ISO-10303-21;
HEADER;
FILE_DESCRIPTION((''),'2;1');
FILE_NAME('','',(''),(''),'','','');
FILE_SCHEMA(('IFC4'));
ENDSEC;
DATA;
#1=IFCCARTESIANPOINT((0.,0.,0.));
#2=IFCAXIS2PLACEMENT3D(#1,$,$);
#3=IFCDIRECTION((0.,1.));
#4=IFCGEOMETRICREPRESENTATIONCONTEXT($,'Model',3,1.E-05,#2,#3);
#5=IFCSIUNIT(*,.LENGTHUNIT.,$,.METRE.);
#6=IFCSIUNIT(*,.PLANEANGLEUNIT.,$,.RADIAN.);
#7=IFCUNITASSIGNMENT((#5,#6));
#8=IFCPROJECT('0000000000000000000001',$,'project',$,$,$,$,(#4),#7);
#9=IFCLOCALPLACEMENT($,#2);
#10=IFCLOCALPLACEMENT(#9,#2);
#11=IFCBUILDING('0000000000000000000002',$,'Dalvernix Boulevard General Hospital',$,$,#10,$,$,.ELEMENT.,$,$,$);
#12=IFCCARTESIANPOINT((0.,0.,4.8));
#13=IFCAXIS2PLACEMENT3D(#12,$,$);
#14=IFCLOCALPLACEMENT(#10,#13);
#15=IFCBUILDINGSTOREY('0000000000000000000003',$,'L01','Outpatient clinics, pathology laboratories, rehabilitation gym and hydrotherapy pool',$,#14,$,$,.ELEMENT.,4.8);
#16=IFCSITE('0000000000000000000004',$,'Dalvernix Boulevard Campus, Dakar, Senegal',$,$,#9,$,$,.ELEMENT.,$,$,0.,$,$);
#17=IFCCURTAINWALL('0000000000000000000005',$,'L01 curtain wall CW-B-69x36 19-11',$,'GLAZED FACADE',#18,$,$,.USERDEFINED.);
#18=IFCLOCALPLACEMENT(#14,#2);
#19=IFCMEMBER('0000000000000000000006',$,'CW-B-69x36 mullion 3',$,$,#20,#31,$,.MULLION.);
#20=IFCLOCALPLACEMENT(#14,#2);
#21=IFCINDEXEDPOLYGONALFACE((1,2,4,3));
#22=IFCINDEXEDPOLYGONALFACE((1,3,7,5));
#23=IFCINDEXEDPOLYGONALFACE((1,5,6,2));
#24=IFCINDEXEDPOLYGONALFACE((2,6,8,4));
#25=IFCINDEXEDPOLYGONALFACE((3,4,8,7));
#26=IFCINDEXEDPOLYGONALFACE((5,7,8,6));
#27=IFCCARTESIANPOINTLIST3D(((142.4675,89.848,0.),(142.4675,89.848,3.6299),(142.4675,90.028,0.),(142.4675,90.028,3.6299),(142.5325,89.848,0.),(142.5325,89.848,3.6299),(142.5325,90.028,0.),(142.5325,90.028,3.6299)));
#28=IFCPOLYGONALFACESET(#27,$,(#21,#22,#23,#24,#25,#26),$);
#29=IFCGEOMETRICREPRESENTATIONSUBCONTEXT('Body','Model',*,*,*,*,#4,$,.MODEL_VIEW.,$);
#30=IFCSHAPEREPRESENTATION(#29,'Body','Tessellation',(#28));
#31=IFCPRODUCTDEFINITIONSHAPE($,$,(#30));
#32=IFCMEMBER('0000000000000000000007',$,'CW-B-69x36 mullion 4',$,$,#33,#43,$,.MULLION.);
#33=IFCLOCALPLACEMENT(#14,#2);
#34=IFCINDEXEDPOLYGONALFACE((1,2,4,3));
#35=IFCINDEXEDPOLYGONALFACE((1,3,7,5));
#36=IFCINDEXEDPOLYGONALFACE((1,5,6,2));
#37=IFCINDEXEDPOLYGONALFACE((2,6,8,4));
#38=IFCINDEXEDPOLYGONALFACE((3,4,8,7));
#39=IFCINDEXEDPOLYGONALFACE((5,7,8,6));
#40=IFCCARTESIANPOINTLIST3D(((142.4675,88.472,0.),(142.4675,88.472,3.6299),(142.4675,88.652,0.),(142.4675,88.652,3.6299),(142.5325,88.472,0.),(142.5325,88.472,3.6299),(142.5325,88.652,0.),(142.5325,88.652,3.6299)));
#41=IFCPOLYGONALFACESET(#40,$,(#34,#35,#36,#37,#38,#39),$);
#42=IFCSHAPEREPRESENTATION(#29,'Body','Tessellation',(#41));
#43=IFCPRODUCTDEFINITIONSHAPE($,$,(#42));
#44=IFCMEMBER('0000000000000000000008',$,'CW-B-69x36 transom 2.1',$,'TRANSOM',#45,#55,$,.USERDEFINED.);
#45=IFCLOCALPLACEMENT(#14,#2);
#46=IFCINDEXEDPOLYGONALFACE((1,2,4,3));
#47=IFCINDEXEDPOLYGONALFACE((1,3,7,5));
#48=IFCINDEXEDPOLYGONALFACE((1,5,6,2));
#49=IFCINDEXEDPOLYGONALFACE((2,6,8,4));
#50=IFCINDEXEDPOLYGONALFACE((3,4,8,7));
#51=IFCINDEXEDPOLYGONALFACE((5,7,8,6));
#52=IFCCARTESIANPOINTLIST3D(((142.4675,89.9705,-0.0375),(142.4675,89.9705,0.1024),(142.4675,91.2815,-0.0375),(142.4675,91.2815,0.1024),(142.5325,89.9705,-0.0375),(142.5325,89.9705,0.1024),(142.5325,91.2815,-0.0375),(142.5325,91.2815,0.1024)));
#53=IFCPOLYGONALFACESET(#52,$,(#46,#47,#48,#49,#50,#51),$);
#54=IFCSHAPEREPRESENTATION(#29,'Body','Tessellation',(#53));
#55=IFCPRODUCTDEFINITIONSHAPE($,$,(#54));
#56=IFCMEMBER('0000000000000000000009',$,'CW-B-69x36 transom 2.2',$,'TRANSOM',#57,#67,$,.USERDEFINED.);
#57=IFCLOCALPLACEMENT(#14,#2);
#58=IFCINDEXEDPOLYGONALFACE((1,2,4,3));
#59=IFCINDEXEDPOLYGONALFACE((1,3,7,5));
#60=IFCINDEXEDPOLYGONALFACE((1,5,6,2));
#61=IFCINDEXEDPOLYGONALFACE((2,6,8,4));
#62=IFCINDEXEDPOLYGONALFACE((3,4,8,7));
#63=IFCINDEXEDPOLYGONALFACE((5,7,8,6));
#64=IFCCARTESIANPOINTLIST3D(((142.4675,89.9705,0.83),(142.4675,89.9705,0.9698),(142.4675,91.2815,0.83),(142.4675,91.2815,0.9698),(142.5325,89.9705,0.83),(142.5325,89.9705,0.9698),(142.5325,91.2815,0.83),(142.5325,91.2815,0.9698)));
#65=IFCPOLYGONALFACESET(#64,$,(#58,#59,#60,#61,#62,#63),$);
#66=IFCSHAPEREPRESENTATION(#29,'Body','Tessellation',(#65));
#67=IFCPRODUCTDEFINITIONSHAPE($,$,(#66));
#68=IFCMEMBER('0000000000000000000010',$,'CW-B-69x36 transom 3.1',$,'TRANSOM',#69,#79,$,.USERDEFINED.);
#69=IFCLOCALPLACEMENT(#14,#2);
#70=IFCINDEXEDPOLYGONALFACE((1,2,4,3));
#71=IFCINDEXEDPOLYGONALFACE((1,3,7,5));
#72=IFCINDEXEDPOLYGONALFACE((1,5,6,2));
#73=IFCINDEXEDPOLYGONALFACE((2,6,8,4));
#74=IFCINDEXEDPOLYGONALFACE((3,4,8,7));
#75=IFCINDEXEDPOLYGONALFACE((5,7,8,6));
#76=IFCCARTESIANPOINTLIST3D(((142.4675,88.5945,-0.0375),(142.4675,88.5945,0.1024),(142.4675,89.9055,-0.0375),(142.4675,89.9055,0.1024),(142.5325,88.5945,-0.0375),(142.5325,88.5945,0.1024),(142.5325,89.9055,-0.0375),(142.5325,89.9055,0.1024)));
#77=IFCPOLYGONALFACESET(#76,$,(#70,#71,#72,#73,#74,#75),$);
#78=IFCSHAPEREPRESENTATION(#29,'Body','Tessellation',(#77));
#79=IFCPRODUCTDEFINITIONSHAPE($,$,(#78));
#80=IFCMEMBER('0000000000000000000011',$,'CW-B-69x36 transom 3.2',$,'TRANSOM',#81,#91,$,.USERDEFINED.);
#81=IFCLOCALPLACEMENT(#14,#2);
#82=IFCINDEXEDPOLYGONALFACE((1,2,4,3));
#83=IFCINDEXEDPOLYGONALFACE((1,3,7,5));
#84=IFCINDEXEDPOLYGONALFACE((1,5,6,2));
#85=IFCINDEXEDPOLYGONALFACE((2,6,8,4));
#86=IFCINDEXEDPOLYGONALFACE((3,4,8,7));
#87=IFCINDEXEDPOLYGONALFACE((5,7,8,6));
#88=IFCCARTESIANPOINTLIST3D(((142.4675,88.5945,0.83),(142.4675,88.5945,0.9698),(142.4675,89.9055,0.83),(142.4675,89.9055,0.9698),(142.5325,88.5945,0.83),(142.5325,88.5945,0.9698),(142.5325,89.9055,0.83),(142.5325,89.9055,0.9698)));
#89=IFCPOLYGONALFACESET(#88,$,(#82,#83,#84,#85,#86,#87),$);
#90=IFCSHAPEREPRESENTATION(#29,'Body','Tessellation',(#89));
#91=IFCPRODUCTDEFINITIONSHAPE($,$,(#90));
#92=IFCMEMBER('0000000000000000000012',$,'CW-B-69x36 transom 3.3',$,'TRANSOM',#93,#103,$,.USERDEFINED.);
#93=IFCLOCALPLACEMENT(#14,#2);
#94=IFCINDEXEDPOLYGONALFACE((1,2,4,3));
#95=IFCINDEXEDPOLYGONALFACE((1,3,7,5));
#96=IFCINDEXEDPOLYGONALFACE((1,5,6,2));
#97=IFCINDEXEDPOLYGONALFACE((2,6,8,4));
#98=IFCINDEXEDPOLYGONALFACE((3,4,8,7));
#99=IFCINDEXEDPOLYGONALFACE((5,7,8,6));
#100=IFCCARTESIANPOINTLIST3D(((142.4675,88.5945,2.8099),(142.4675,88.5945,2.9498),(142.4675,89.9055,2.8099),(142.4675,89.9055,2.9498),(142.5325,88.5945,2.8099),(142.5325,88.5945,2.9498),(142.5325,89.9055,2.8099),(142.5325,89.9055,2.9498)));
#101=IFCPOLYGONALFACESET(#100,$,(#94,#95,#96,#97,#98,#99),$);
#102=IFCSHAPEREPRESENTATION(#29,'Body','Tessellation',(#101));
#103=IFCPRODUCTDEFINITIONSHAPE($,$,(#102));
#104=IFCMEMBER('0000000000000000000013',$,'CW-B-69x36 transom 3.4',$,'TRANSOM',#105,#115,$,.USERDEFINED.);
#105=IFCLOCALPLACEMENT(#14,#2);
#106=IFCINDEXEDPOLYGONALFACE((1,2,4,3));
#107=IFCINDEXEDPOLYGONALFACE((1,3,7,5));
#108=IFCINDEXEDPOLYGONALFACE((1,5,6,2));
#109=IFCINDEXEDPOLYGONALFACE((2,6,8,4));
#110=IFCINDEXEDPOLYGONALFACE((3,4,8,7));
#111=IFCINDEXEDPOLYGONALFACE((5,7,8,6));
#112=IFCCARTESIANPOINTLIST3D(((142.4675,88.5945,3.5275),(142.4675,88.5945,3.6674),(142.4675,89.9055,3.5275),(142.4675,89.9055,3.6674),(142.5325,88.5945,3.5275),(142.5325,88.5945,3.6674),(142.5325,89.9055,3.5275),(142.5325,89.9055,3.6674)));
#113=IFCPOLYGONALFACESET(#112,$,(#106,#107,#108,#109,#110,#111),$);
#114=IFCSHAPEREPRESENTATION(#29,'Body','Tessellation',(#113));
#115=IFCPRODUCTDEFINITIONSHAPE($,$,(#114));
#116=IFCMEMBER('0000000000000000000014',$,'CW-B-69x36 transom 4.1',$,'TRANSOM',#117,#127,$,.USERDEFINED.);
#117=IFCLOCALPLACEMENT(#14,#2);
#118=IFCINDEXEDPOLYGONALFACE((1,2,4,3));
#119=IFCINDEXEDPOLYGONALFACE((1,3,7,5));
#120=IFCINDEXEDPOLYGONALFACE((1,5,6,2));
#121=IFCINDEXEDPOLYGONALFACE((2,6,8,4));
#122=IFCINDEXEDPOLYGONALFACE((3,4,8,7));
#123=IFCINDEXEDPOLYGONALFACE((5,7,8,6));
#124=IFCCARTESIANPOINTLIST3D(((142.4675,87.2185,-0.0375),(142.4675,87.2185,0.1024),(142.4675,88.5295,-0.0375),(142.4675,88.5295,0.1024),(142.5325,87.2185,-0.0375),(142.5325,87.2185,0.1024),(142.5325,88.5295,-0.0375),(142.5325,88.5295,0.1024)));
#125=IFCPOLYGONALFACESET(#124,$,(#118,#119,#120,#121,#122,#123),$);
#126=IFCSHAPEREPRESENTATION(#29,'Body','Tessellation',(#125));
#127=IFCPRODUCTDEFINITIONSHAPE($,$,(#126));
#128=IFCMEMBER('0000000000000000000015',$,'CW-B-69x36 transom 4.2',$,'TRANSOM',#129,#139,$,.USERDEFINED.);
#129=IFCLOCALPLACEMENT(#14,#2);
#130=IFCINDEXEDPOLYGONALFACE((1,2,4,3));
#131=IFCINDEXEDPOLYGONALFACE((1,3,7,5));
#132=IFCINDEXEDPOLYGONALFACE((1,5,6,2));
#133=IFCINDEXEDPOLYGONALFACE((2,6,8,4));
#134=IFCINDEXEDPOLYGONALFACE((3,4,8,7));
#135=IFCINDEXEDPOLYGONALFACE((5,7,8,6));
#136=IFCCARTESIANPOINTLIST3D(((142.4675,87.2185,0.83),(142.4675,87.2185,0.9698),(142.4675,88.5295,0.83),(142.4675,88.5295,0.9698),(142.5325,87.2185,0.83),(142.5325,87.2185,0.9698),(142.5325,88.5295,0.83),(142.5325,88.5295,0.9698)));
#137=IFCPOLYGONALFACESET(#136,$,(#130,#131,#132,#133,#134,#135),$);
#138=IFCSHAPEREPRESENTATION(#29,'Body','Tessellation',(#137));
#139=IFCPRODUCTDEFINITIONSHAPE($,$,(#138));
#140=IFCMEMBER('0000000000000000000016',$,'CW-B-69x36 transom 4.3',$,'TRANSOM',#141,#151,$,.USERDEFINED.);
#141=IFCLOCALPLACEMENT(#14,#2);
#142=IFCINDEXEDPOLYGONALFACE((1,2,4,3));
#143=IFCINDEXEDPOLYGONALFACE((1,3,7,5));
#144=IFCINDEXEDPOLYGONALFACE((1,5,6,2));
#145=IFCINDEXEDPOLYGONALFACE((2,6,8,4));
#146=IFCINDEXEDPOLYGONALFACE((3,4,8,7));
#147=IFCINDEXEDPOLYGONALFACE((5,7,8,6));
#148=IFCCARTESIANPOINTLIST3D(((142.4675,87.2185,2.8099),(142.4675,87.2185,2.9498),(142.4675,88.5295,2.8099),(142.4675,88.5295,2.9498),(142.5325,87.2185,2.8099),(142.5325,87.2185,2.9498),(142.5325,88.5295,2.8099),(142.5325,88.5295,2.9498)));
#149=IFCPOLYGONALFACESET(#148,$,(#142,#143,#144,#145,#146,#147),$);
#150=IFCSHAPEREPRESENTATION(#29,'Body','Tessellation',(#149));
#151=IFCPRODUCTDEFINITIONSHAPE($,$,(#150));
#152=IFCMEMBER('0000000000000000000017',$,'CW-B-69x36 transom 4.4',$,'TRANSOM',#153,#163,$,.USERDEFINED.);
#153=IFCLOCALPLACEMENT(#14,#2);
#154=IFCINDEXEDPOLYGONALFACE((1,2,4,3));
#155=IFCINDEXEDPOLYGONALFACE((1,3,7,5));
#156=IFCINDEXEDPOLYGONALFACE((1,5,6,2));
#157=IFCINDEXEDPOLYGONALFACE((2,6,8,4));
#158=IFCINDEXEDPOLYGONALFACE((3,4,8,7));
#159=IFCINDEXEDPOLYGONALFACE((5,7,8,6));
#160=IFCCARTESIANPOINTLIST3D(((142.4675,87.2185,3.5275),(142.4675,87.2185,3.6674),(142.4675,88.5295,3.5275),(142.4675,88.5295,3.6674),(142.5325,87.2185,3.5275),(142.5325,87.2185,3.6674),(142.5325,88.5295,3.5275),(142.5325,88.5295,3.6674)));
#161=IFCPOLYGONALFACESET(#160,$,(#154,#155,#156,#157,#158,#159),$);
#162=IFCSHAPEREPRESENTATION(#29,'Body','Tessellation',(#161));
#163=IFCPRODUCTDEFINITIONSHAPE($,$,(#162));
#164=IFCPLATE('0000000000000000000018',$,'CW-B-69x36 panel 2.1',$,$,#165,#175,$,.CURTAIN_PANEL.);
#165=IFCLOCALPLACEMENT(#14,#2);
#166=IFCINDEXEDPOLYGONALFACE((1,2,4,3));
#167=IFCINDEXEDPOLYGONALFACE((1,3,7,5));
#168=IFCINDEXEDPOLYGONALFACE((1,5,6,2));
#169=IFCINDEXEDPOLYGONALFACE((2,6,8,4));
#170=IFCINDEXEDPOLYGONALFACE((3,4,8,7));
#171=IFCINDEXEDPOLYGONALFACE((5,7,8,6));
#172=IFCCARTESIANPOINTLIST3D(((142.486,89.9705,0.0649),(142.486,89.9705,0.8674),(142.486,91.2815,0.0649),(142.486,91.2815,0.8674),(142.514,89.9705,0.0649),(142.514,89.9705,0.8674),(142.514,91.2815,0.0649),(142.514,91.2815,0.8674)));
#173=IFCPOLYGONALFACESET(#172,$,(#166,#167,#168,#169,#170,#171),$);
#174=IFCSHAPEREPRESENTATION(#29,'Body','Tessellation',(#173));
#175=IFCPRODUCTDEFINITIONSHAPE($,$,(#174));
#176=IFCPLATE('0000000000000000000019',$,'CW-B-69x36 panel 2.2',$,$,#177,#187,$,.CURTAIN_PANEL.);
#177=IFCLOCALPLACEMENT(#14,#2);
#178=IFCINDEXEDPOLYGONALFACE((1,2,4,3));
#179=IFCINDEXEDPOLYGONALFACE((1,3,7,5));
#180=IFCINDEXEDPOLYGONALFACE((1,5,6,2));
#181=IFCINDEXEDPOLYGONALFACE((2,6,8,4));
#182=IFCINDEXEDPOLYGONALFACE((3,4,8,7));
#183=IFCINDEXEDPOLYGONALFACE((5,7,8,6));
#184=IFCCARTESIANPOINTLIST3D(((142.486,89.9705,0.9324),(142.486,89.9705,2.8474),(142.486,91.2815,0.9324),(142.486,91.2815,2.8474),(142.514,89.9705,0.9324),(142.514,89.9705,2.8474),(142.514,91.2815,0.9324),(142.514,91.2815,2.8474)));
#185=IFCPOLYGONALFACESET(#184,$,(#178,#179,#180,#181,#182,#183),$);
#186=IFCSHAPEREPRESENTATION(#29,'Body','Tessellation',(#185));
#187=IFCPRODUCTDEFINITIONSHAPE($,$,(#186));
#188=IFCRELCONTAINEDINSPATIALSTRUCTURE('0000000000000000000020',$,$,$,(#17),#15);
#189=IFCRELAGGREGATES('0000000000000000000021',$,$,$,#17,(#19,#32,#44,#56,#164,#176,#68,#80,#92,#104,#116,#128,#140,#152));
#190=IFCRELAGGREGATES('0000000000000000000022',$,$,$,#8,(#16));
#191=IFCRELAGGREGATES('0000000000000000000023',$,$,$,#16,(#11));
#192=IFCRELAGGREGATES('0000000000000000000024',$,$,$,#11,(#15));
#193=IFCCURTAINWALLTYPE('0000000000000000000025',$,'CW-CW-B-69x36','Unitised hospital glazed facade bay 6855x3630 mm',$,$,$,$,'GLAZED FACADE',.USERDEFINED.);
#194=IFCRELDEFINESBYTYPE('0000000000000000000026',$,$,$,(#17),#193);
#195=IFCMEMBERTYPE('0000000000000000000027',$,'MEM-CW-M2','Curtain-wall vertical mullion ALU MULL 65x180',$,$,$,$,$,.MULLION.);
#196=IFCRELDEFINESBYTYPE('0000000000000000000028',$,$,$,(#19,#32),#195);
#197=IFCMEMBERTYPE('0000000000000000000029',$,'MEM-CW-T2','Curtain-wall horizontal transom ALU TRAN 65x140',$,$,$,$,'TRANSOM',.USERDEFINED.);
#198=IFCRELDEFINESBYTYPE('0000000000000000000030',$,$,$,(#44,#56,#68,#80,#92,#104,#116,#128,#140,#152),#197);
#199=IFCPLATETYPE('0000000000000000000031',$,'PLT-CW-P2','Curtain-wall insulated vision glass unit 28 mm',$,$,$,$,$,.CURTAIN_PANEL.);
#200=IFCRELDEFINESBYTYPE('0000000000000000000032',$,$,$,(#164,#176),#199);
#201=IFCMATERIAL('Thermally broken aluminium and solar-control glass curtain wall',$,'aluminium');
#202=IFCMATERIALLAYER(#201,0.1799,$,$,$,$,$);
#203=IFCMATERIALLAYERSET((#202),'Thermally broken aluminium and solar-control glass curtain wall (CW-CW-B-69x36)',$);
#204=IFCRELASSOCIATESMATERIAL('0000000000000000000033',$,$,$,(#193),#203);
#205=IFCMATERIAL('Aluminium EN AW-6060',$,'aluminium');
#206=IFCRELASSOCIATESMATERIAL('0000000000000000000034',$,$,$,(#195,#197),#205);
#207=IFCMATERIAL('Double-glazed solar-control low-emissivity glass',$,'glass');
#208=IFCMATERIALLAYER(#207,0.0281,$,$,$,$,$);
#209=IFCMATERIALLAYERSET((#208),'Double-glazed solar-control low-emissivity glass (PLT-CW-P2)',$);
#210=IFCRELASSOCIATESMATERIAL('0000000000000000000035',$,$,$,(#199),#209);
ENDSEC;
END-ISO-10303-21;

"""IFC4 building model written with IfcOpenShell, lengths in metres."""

from ifc_helpers import new_model, si_unit, direction, frame, origin, origin_2d, place, context, subcontext, project, spatial, rectangle, extrude, material, layer, layer_set, material_profile, profile_set, type_object, element, aggregate, save


model = new_model("IFC4")

# Units and contexts
model_context = context("Model", 3, precision=1e-05, world=origin(), true_north=direction((0.0, 1.0)))
body_context = subcontext(model_context, "Body", "Model", "MODEL_VIEW")
ifc_project = project(units=[si_unit("LENGTHUNIT", "METRE"), si_unit("PLANEANGLEUNIT", "RADIAN")], contexts=[model_context])

# Site, building, storey
site_placement = place(None, origin())
site = spatial("IfcSite", under=ifc_project, at=site_placement, Name="Dalvernix Boulevard Campus, Dakar, Senegal", CompositionType="ELEMENT", RefElevation=0.0)
building_placement = place(site_placement, origin())
building = spatial("IfcBuilding", under=site, at=building_placement, Name="Dalvernix Boulevard General Hospital", CompositionType="ELEMENT")
storey_placement = place(building_placement, frame((0.0, 0.0, 4.8)))
storey = spatial("IfcBuildingStorey", under=building, at=storey_placement, Name="L01", Description="Outpatient clinics, pathology laboratories, rehabilitation gym and hydrotherapy pool", CompositionType="ELEMENT", Elevation=4.8)

# Curtain wall, members, plates
ifc_material_1 = material(Name="Thermally broken aluminium and solar-control glass curtain wall", Category="aluminium")
ifc_layer_1 = layer(ifc_material_1, 0.1799)
ifc_layer_set_1 = layer_set([ifc_layer_1], Name="Thermally broken aluminium and solar-control glass curtain wall (CW-CW-B-69x36)")
curtain_wall_type = type_object("IfcCurtainWallType", Name="CW-CW-B-69x36", Description="Unitised hospital glazed facade bay 6855x3630 mm", ElementType="GLAZED FACADE", PredefinedType="USERDEFINED", material=ifc_layer_set_1)
curtain_wall_placement = place(storey_placement, origin())
curtain_wall = element("IfcCurtainWall", 1, at=curtain_wall_placement, inside=storey, type_object=curtain_wall_type, Name="L01 curtain wall CW-B-69x36 19-11", ObjectType="GLAZED FACADE", PredefinedType="USERDEFINED")
ifc_material_2 = material(Name="Aluminium EN AW-6060", Category="aluminium")
ifc_material_profile_1 = material_profile(ifc_material_2, rectangle(XDim=0.0649, YDim=0.1799, at=origin_2d()), Name="ALU MULL 65x180")
ifc_profile_set_1 = profile_set([ifc_material_profile_1], Name="Aluminium EN AW-6060")
member_type_1 = type_object("IfcMemberType", Name="MEM-CW-M2", Description="Curtain-wall vertical mullion ALU MULL 65x180", PredefinedType="MULLION", material=ifc_profile_set_1)
member_1_placement = place(storey_placement, frame((142.5, 89.938, 0.0), z_axis=(0.0, 0.0, 1.0), x_axis=(1.0, 0.0, 0.0)))
member_1 = element("IfcMember", 2, at=member_1_placement, type_object=member_type_1, Name="CW-B-69x36 mullion 3", PredefinedType="MULLION", context=body_context, shape_type="SweptSolid", body=[
    extrude(rectangle(XDim=0.0649, YDim=0.1799, at=origin_2d()), origin(), (0.0, 0.0, 1.0), 3.6299),
])
member_2_placement = place(storey_placement, frame((142.5, 88.562, 0.0), z_axis=(0.0, 0.0, 1.0), x_axis=(1.0, 0.0, 0.0)))
member_2 = element("IfcMember", 3, at=member_2_placement, type_object=member_type_1, Name="CW-B-69x36 mullion 4", PredefinedType="MULLION", context=body_context, shape_type="SweptSolid", body=[
    extrude(rectangle(XDim=0.0649, YDim=0.1799, at=origin_2d()), origin(), (0.0, 0.0, 1.0), 3.6299),
])
ifc_material_profile_2 = material_profile(ifc_material_2, rectangle(XDim=0.0649, YDim=0.1399, at=origin_2d()), Name="ALU TRAN 65x140")
ifc_profile_set_2 = profile_set([ifc_material_profile_2], Name="Aluminium EN AW-6060")
member_type_2 = type_object("IfcMemberType", Name="MEM-CW-T2", Description="Curtain-wall horizontal transom ALU TRAN 65x140", ElementType="TRANSOM", PredefinedType="USERDEFINED", material=ifc_profile_set_2)
member_3_placement = place(storey_placement, frame((142.5, 91.2815, 0.0325), z_axis=(0.0, -1.0, 0.0), x_axis=(1.0, 0.0, 0.0)))
member_3 = element("IfcMember", 4, at=member_3_placement, type_object=member_type_2, Name="CW-B-69x36 transom 2.1", ObjectType="TRANSOM", PredefinedType="USERDEFINED", context=body_context, shape_type="SweptSolid", body=[
    extrude(rectangle(XDim=0.0649, YDim=0.1399, at=origin_2d()), origin(), (0.0, 0.0, 1.0), 1.311),
])
member_4_placement = place(storey_placement, frame((142.5, 91.2815, 0.8999), z_axis=(0.0, -1.0, 0.0), x_axis=(1.0, 0.0, 0.0)))
member_4 = element("IfcMember", 5, at=member_4_placement, type_object=member_type_2, Name="CW-B-69x36 transom 2.2", ObjectType="TRANSOM", PredefinedType="USERDEFINED", context=body_context, shape_type="SweptSolid", body=[
    extrude(rectangle(XDim=0.0649, YDim=0.1399, at=origin_2d()), origin(), (0.0, 0.0, 1.0), 1.311),
])
member_5_placement = place(storey_placement, frame((142.5, 89.9055, 0.0325), z_axis=(0.0, -1.0, 0.0), x_axis=(1.0, 0.0, 0.0)))
member_5 = element("IfcMember", 6, at=member_5_placement, type_object=member_type_2, Name="CW-B-69x36 transom 3.1", ObjectType="TRANSOM", PredefinedType="USERDEFINED", context=body_context, shape_type="SweptSolid", body=[
    extrude(rectangle(XDim=0.0649, YDim=0.1399, at=origin_2d()), origin(), (0.0, 0.0, 1.0), 1.311),
])
member_6_placement = place(storey_placement, frame((142.5, 89.9055, 0.8999), z_axis=(0.0, -1.0, 0.0), x_axis=(1.0, 0.0, 0.0)))
member_6 = element("IfcMember", 7, at=member_6_placement, type_object=member_type_2, Name="CW-B-69x36 transom 3.2", ObjectType="TRANSOM", PredefinedType="USERDEFINED", context=body_context, shape_type="SweptSolid", body=[
    extrude(rectangle(XDim=0.0649, YDim=0.1399, at=origin_2d()), origin(), (0.0, 0.0, 1.0), 1.311),
])
member_7_placement = place(storey_placement, frame((142.5, 89.9055, 2.8799), z_axis=(0.0, -1.0, 0.0), x_axis=(1.0, 0.0, 0.0)))
member_7 = element("IfcMember", 8, at=member_7_placement, type_object=member_type_2, Name="CW-B-69x36 transom 3.3", ObjectType="TRANSOM", PredefinedType="USERDEFINED", context=body_context, shape_type="SweptSolid", body=[
    extrude(rectangle(XDim=0.0649, YDim=0.1399, at=origin_2d()), origin(), (0.0, 0.0, 1.0), 1.311),
])
member_8_placement = place(storey_placement, frame((142.5, 89.9055, 3.5974), z_axis=(0.0, -1.0, 0.0), x_axis=(1.0, 0.0, 0.0)))
member_8 = element("IfcMember", 9, at=member_8_placement, type_object=member_type_2, Name="CW-B-69x36 transom 3.4", ObjectType="TRANSOM", PredefinedType="USERDEFINED", context=body_context, shape_type="SweptSolid", body=[
    extrude(rectangle(XDim=0.0649, YDim=0.1399, at=origin_2d()), origin(), (0.0, 0.0, 1.0), 1.311),
])
member_9_placement = place(storey_placement, frame((142.5, 88.5295, 0.0325), z_axis=(0.0, -1.0, 0.0), x_axis=(1.0, 0.0, 0.0)))
member_9 = element("IfcMember", 10, at=member_9_placement, type_object=member_type_2, Name="CW-B-69x36 transom 4.1", ObjectType="TRANSOM", PredefinedType="USERDEFINED", context=body_context, shape_type="SweptSolid", body=[
    extrude(rectangle(XDim=0.0649, YDim=0.1399, at=origin_2d()), origin(), (0.0, 0.0, 1.0), 1.311),
])
member_10_placement = place(storey_placement, frame((142.5, 88.5295, 0.8999), z_axis=(0.0, -1.0, 0.0), x_axis=(1.0, 0.0, 0.0)))
member_10 = element("IfcMember", 11, at=member_10_placement, type_object=member_type_2, Name="CW-B-69x36 transom 4.2", ObjectType="TRANSOM", PredefinedType="USERDEFINED", context=body_context, shape_type="SweptSolid", body=[
    extrude(rectangle(XDim=0.0649, YDim=0.1399, at=origin_2d()), origin(), (0.0, 0.0, 1.0), 1.311),
])
member_11_placement = place(storey_placement, frame((142.5, 88.5295, 2.8799), z_axis=(0.0, -1.0, 0.0), x_axis=(1.0, 0.0, 0.0)))
member_11 = element("IfcMember", 12, at=member_11_placement, type_object=member_type_2, Name="CW-B-69x36 transom 4.3", ObjectType="TRANSOM", PredefinedType="USERDEFINED", context=body_context, shape_type="SweptSolid", body=[
    extrude(rectangle(XDim=0.0649, YDim=0.1399, at=origin_2d()), origin(), (0.0, 0.0, 1.0), 1.311),
])
member_12_placement = place(storey_placement, frame((142.5, 88.5295, 3.5974), z_axis=(0.0, -1.0, 0.0), x_axis=(1.0, 0.0, 0.0)))
member_12 = element("IfcMember", 13, at=member_12_placement, type_object=member_type_2, Name="CW-B-69x36 transom 4.4", ObjectType="TRANSOM", PredefinedType="USERDEFINED", context=body_context, shape_type="SweptSolid", body=[
    extrude(rectangle(XDim=0.0649, YDim=0.1399, at=origin_2d()), origin(), (0.0, 0.0, 1.0), 1.311),
])
ifc_material_3 = material(Name="Double-glazed solar-control low-emissivity glass", Category="glass")
ifc_layer_2 = layer(ifc_material_3, 0.0281)
ifc_layer_set_2 = layer_set([ifc_layer_2], Name="Double-glazed solar-control low-emissivity glass (PLT-CW-P2)")
plate_type = type_object("IfcPlateType", Name="PLT-CW-P2", Description="Curtain-wall insulated vision glass unit 28 mm", PredefinedType="CURTAIN_PANEL", material=ifc_layer_set_2)
plate_1_placement = place(storey_placement, frame((142.5, 90.626, 0.0649), z_axis=(0.0, 0.0, 1.0), x_axis=(0.0, -1.0, 0.0)))
plate_1 = element("IfcPlate", 14, at=plate_1_placement, type_object=plate_type, Name="CW-B-69x36 panel 2.1", PredefinedType="CURTAIN_PANEL", context=body_context, shape_type="SweptSolid", body=[
    extrude(rectangle(XDim=1.311, YDim=0.0281, at=origin_2d()), origin(), (0.0, 0.0, 1.0), 0.8025),
])
plate_2_placement = place(storey_placement, frame((142.5, 90.626, 0.9324), z_axis=(0.0, 0.0, 1.0), x_axis=(0.0, -1.0, 0.0)))
plate_2 = element("IfcPlate", 15, at=plate_2_placement, type_object=plate_type, Name="CW-B-69x36 panel 2.2", PredefinedType="CURTAIN_PANEL", context=body_context, shape_type="SweptSolid", body=[
    extrude(rectangle(XDim=1.311, YDim=0.0281, at=origin_2d()), origin(), (0.0, 0.0, 1.0), 1.915),
])
aggregate(curtain_wall, [member_1, member_2, member_3, member_4, plate_1, plate_2, member_5, member_6, member_7, member_8, member_9, member_10, member_11, member_12])

save(model, "model.ifc")
